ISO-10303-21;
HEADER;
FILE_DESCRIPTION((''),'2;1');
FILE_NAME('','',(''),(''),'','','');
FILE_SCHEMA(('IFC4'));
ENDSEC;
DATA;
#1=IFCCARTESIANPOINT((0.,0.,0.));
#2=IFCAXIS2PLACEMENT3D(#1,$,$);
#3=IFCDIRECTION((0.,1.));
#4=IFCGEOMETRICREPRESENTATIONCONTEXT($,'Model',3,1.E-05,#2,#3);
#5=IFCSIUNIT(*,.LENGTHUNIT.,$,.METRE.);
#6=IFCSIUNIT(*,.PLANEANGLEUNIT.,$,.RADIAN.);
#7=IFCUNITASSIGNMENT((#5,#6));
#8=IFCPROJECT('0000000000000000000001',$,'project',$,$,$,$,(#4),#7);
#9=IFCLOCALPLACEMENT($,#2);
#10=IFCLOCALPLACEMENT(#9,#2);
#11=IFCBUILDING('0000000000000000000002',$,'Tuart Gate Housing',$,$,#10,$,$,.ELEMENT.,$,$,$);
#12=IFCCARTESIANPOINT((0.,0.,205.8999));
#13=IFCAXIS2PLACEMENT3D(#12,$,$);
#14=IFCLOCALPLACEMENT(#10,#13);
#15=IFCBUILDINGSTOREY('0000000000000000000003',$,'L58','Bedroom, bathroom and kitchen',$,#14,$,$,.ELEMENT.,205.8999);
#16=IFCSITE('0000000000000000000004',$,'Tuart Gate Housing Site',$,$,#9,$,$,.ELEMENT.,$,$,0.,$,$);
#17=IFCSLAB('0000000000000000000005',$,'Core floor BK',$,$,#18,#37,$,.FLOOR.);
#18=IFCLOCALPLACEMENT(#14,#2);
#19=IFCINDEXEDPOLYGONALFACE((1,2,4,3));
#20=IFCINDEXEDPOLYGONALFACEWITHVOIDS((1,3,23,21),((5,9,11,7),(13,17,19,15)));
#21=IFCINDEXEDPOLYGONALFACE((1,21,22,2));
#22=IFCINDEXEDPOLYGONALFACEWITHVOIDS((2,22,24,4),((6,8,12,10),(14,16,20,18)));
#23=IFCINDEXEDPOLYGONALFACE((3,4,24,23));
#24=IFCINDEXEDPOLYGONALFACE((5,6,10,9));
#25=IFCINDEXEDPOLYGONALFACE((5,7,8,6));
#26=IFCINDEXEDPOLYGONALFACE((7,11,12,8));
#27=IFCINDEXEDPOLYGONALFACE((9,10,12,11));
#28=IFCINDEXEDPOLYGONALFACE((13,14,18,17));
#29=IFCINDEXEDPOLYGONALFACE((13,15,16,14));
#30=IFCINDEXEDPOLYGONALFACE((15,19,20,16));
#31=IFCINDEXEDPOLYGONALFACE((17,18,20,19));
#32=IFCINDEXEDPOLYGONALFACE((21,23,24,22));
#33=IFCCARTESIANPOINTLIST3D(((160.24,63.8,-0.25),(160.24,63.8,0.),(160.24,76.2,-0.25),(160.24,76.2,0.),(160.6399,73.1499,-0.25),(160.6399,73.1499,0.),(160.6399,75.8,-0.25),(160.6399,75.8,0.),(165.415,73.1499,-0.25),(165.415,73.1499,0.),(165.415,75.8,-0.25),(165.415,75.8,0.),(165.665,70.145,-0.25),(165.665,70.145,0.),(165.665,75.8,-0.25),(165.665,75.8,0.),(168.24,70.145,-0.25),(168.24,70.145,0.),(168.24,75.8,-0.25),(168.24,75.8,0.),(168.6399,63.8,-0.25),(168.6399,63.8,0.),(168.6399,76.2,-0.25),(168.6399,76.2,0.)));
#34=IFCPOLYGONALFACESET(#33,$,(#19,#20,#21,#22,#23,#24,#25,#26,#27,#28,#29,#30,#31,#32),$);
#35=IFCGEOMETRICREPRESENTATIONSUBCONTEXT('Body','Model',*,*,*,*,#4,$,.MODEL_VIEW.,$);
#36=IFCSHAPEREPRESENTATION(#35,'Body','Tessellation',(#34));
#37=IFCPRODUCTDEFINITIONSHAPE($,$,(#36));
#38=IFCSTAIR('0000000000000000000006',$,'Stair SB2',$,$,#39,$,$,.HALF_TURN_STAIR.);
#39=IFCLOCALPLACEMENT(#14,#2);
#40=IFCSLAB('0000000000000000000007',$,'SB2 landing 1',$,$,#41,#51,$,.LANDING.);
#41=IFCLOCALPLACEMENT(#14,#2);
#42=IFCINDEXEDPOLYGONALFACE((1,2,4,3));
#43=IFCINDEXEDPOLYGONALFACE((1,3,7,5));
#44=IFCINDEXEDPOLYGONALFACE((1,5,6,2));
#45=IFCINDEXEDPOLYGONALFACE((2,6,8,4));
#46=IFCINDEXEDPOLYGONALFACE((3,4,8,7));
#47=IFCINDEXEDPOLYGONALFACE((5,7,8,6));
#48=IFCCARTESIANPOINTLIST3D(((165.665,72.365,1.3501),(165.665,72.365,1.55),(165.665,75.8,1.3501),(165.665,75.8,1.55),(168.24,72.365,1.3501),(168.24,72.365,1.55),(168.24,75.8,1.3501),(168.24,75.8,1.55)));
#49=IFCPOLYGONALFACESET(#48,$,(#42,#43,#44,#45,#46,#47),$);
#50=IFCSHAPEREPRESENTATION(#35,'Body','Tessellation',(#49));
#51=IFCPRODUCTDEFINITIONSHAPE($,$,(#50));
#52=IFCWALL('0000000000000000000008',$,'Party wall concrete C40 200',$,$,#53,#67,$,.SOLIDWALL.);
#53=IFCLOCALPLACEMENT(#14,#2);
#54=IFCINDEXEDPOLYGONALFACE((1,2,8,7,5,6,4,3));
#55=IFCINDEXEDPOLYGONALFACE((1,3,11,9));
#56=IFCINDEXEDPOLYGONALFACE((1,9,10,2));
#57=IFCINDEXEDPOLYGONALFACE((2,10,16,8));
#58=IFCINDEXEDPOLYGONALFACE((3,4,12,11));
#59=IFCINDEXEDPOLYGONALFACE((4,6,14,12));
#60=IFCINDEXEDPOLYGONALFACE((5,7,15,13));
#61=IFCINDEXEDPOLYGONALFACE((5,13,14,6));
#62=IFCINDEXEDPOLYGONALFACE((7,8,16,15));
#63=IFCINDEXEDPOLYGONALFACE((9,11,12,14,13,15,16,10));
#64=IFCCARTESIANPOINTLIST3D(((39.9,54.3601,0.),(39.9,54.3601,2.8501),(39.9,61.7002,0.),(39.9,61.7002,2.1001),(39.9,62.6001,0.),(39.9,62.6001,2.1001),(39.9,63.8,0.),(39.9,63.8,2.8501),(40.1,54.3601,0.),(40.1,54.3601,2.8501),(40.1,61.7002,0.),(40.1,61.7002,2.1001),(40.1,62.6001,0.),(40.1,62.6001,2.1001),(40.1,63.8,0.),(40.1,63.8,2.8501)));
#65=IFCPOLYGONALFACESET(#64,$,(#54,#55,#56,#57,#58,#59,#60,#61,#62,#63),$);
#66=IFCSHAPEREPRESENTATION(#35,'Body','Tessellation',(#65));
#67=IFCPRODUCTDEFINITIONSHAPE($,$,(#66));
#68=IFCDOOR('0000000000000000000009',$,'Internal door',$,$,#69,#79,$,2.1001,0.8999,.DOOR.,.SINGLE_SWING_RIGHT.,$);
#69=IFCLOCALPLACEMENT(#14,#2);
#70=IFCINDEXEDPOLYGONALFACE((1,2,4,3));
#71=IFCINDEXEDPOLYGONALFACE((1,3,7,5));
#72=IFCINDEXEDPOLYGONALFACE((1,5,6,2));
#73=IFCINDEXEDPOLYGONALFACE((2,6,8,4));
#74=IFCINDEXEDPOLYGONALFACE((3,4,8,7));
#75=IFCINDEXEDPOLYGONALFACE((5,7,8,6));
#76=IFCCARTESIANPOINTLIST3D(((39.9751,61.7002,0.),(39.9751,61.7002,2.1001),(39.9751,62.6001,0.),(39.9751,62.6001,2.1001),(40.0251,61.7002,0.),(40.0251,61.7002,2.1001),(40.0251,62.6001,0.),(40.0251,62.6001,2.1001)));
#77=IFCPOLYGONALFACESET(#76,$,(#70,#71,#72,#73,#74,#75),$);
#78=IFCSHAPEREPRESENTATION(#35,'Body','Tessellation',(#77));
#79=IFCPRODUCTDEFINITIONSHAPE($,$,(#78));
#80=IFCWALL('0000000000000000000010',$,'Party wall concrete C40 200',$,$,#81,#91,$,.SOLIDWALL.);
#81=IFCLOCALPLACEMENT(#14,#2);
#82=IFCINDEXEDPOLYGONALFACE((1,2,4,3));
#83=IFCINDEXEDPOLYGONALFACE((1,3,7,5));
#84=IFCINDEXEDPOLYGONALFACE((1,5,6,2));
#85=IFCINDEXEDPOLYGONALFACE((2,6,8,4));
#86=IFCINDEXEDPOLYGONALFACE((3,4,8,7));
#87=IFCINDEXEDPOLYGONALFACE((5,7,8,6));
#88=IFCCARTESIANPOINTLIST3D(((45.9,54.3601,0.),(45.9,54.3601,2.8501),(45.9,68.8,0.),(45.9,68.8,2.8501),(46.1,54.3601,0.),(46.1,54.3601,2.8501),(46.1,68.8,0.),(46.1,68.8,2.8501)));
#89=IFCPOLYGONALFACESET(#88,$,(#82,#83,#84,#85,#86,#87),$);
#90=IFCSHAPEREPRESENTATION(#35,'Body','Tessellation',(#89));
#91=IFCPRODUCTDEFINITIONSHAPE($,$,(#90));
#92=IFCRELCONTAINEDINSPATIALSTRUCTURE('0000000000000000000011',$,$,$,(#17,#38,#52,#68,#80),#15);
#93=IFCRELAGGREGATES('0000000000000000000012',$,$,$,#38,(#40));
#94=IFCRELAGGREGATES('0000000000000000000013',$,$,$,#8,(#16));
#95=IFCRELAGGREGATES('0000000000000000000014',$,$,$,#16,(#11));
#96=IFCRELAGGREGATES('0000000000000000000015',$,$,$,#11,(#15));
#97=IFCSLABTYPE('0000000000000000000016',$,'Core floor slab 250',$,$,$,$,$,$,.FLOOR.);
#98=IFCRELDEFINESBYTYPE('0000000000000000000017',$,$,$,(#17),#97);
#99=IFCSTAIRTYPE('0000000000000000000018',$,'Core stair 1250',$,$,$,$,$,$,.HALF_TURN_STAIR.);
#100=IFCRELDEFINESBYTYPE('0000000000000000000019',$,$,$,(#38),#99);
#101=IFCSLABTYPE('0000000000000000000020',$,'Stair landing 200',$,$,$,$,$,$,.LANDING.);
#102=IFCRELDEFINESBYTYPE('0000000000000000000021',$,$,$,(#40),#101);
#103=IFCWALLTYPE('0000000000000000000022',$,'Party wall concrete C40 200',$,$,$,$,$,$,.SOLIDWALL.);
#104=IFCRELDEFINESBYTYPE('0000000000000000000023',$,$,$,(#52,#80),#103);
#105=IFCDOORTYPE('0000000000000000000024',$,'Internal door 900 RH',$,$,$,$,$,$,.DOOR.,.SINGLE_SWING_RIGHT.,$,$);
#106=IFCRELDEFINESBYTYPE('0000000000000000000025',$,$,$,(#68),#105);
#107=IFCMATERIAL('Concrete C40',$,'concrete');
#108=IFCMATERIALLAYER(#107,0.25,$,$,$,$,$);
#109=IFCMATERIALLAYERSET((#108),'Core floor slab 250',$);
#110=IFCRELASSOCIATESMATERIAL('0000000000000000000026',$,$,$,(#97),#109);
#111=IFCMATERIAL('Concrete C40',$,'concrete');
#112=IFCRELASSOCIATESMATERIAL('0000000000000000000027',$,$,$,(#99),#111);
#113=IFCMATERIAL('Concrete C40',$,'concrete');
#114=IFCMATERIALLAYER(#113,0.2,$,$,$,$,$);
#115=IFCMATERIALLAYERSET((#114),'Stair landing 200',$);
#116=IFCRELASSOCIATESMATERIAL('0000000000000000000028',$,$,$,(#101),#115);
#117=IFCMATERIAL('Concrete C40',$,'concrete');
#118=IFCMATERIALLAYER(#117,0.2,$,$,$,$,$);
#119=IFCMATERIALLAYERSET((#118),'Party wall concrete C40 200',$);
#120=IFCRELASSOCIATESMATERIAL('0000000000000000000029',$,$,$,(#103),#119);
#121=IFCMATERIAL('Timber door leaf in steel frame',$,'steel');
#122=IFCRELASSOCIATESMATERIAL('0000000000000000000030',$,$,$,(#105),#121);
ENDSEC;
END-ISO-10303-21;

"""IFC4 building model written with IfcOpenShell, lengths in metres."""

from ifc_helpers import new_model, si_unit, direction, frame, frame_2d, origin, place, context, subcontext, project, spatial, polyline, rectangle, outline, extrude, material, layer, layer_set, type_object, element, fill, aggregate, save


model = new_model("IFC4")

# Units and contexts
model_context = context("Model", 3, precision=1e-05, world=origin(), true_north=direction((0.0, 1.0)))
body_context = subcontext(model_context, "Body", "Model", "MODEL_VIEW")
ifc_project = project(units=[si_unit("LENGTHUNIT", "METRE"), si_unit("PLANEANGLEUNIT", "RADIAN")], contexts=[model_context])

# Site, building, storey
site_placement = place(None, origin())
site = spatial("IfcSite", under=ifc_project, at=site_placement, Name="Tuart Gate Housing Site", CompositionType="ELEMENT", RefElevation=0.0)
building_placement = place(site_placement, origin())
building = spatial("IfcBuilding", under=site, at=building_placement, Name="Tuart Gate Housing", CompositionType="ELEMENT")
storey_placement = place(building_placement, frame((0.0, 0.0, 205.8999)))
storey = spatial("IfcBuildingStorey", under=building, at=storey_placement, Name="L58", Description="Bedroom, bathroom and kitchen", CompositionType="ELEMENT", Elevation=205.8999)

# Slab
ifc_material_1 = material(Name="Concrete C40", Category="concrete")
ifc_layer_1 = layer(ifc_material_1, 0.25)
ifc_layer_set_1 = layer_set([ifc_layer_1], Name="Core floor slab 250")
slab_type_1 = type_object("IfcSlabType", Name="Core floor slab 250", PredefinedType="FLOOR", material=ifc_layer_set_1)
slab_1_placement = place(storey_placement, frame((0.0, 0.0, -0.25)))
element("IfcSlab", 1, at=slab_1_placement, inside=storey, type_object=slab_type_1, Name="Core floor BK", PredefinedType="FLOOR", context=body_context, shape_type="SweptSolid", body=[
    extrude(outline(polyline([(160.24, 63.8), (168.6399, 63.8), (168.6399, 76.2), (160.24, 76.2), (160.24, 63.8)]), holes=[polyline([(160.6399, 73.1499), (165.415, 73.1499), (165.415, 75.8), (160.6399, 75.8), (160.6399, 73.1499)]), polyline([(165.665, 70.145), (168.24, 70.145), (168.24, 75.8), (165.665, 75.8), (165.665, 70.145)])]), origin(), (0.0, 0.0, 1.0), 0.25),
])

# Stair, slab
ifc_material_2 = material(Name="Concrete C40", Category="concrete")
stair_type = type_object("IfcStairType", Name="Core stair 1250", PredefinedType="HALF_TURN_STAIR", material=ifc_material_2)
stair_placement = place(storey_placement, origin())
stair = element("IfcStair", 2, at=stair_placement, inside=storey, type_object=stair_type, Name="Stair SB2", PredefinedType="HALF_TURN_STAIR")
ifc_material_3 = material(Name="Concrete C40", Category="concrete")
ifc_layer_2 = layer(ifc_material_3, 0.2)
ifc_layer_set_2 = layer_set([ifc_layer_2], Name="Stair landing 200")
slab_type_2 = type_object("IfcSlabType", Name="Stair landing 200", PredefinedType="LANDING", material=ifc_layer_set_2)
slab_2_placement = place(storey_placement, frame((0.0, 0.0, 1.3501)))
slab_2 = element("IfcSlab", 3, at=slab_2_placement, type_object=slab_type_2, Name="SB2 landing 1", PredefinedType="LANDING", context=body_context, shape_type="SweptSolid", body=[
    extrude(outline(polyline([(165.665, 72.365), (168.24, 72.365), (168.24, 75.8), (165.665, 75.8), (165.665, 72.365)])), origin(), (0.0, 0.0, 1.0), 0.2),
])
aggregate(stair, [slab_2])

# Wall, opening, door
ifc_material_4 = material(Name="Concrete C40", Category="concrete")
ifc_layer_3 = layer(ifc_material_4, 0.2)
ifc_layer_set_3 = layer_set([ifc_layer_3], Name="Party wall concrete C40 200")
wall_type_1 = type_object("IfcWallType", Name="Party wall concrete C40 200", PredefinedType="SOLIDWALL", material=ifc_layer_set_3)
wall_1_placement = place(storey_placement, frame((40.0, 54.3601, 0.0), z_axis=(0.0, 0.0, 1.0), x_axis=(0.0, 1.0, 0.0)))
wall_1 = element("IfcWall", 4, at=wall_1_placement, inside=storey, type_object=wall_type_1, Name="Party wall concrete C40 200", PredefinedType="SOLIDWALL", context=body_context, shape_type="SweptSolid", body=[
    extrude(rectangle(XDim=9.4399, YDim=0.2, at=frame_2d((4.72, 0.0))), origin(), (0.0, 0.0, 1.0), 2.8501),
])
opening_1_placement = place(wall_1_placement, frame((7.3401, 0.0, 0.0)))
opening_1 = element("IfcOpeningElement", 5, at=opening_1_placement, cuts=wall_1, PredefinedType="OPENING", context=body_context, shape_type="SweptSolid", body=[
    extrude(rectangle(XDim=0.8999, YDim=2.1001, at=frame_2d((0.45, 1.05))), frame((0.0, 0.1099, 0.0), z_axis=(0.0, -1.0, 0.0), x_axis=(1.0, 0.0, 0.0)), (0.0, 0.0, 1.0), 0.22),
])
ifc_material_5 = material(Name="Timber door leaf in steel frame", Category="steel")
door_type = type_object("IfcDoorType", Name="Internal door 900 RH", OperationType="SINGLE_SWING_RIGHT", PredefinedType="DOOR", material=ifc_material_5)
door_placement = place(opening_1_placement, frame((0.8999, 0.0, 0.0), z_axis=(0.0, 0.0, 1.0), x_axis=(-1.0, 0.0, 0.0)))
door = element("IfcDoor", 6, at=door_placement, inside=storey, type_object=door_type, Name="Internal door", OperationType="SINGLE_SWING_RIGHT", OverallHeight=2.1001, OverallWidth=0.8999, PredefinedType="DOOR", context=body_context, shape_type="SweptSolid", body=[
    extrude(rectangle(XDim=0.8999, YDim=2.1001, at=frame_2d((0.45, 1.05))), frame((0.0, 0.0251, 0.0), z_axis=(0.0, -1.0, 0.0), x_axis=(1.0, 0.0, 0.0)), (0.0, 0.0, 1.0), 0.05),
])
fill(opening_1, door)

# Wall
wall_2_placement = place(storey_placement, frame((46.0, 54.3601, 0.0), z_axis=(0.0, 0.0, 1.0), x_axis=(0.0, 1.0, 0.0)))
element("IfcWall", 7, at=wall_2_placement, inside=storey, type_object=wall_type_1, Name="Party wall concrete C40 200", PredefinedType="SOLIDWALL", context=body_context, shape_type="SweptSolid", body=[
    extrude(rectangle(XDim=14.4399, YDim=0.2, at=frame_2d((7.22, 0.0))), origin(), (0.0, 0.0, 1.0), 2.8501),
])

save(model, "model.ifc")
